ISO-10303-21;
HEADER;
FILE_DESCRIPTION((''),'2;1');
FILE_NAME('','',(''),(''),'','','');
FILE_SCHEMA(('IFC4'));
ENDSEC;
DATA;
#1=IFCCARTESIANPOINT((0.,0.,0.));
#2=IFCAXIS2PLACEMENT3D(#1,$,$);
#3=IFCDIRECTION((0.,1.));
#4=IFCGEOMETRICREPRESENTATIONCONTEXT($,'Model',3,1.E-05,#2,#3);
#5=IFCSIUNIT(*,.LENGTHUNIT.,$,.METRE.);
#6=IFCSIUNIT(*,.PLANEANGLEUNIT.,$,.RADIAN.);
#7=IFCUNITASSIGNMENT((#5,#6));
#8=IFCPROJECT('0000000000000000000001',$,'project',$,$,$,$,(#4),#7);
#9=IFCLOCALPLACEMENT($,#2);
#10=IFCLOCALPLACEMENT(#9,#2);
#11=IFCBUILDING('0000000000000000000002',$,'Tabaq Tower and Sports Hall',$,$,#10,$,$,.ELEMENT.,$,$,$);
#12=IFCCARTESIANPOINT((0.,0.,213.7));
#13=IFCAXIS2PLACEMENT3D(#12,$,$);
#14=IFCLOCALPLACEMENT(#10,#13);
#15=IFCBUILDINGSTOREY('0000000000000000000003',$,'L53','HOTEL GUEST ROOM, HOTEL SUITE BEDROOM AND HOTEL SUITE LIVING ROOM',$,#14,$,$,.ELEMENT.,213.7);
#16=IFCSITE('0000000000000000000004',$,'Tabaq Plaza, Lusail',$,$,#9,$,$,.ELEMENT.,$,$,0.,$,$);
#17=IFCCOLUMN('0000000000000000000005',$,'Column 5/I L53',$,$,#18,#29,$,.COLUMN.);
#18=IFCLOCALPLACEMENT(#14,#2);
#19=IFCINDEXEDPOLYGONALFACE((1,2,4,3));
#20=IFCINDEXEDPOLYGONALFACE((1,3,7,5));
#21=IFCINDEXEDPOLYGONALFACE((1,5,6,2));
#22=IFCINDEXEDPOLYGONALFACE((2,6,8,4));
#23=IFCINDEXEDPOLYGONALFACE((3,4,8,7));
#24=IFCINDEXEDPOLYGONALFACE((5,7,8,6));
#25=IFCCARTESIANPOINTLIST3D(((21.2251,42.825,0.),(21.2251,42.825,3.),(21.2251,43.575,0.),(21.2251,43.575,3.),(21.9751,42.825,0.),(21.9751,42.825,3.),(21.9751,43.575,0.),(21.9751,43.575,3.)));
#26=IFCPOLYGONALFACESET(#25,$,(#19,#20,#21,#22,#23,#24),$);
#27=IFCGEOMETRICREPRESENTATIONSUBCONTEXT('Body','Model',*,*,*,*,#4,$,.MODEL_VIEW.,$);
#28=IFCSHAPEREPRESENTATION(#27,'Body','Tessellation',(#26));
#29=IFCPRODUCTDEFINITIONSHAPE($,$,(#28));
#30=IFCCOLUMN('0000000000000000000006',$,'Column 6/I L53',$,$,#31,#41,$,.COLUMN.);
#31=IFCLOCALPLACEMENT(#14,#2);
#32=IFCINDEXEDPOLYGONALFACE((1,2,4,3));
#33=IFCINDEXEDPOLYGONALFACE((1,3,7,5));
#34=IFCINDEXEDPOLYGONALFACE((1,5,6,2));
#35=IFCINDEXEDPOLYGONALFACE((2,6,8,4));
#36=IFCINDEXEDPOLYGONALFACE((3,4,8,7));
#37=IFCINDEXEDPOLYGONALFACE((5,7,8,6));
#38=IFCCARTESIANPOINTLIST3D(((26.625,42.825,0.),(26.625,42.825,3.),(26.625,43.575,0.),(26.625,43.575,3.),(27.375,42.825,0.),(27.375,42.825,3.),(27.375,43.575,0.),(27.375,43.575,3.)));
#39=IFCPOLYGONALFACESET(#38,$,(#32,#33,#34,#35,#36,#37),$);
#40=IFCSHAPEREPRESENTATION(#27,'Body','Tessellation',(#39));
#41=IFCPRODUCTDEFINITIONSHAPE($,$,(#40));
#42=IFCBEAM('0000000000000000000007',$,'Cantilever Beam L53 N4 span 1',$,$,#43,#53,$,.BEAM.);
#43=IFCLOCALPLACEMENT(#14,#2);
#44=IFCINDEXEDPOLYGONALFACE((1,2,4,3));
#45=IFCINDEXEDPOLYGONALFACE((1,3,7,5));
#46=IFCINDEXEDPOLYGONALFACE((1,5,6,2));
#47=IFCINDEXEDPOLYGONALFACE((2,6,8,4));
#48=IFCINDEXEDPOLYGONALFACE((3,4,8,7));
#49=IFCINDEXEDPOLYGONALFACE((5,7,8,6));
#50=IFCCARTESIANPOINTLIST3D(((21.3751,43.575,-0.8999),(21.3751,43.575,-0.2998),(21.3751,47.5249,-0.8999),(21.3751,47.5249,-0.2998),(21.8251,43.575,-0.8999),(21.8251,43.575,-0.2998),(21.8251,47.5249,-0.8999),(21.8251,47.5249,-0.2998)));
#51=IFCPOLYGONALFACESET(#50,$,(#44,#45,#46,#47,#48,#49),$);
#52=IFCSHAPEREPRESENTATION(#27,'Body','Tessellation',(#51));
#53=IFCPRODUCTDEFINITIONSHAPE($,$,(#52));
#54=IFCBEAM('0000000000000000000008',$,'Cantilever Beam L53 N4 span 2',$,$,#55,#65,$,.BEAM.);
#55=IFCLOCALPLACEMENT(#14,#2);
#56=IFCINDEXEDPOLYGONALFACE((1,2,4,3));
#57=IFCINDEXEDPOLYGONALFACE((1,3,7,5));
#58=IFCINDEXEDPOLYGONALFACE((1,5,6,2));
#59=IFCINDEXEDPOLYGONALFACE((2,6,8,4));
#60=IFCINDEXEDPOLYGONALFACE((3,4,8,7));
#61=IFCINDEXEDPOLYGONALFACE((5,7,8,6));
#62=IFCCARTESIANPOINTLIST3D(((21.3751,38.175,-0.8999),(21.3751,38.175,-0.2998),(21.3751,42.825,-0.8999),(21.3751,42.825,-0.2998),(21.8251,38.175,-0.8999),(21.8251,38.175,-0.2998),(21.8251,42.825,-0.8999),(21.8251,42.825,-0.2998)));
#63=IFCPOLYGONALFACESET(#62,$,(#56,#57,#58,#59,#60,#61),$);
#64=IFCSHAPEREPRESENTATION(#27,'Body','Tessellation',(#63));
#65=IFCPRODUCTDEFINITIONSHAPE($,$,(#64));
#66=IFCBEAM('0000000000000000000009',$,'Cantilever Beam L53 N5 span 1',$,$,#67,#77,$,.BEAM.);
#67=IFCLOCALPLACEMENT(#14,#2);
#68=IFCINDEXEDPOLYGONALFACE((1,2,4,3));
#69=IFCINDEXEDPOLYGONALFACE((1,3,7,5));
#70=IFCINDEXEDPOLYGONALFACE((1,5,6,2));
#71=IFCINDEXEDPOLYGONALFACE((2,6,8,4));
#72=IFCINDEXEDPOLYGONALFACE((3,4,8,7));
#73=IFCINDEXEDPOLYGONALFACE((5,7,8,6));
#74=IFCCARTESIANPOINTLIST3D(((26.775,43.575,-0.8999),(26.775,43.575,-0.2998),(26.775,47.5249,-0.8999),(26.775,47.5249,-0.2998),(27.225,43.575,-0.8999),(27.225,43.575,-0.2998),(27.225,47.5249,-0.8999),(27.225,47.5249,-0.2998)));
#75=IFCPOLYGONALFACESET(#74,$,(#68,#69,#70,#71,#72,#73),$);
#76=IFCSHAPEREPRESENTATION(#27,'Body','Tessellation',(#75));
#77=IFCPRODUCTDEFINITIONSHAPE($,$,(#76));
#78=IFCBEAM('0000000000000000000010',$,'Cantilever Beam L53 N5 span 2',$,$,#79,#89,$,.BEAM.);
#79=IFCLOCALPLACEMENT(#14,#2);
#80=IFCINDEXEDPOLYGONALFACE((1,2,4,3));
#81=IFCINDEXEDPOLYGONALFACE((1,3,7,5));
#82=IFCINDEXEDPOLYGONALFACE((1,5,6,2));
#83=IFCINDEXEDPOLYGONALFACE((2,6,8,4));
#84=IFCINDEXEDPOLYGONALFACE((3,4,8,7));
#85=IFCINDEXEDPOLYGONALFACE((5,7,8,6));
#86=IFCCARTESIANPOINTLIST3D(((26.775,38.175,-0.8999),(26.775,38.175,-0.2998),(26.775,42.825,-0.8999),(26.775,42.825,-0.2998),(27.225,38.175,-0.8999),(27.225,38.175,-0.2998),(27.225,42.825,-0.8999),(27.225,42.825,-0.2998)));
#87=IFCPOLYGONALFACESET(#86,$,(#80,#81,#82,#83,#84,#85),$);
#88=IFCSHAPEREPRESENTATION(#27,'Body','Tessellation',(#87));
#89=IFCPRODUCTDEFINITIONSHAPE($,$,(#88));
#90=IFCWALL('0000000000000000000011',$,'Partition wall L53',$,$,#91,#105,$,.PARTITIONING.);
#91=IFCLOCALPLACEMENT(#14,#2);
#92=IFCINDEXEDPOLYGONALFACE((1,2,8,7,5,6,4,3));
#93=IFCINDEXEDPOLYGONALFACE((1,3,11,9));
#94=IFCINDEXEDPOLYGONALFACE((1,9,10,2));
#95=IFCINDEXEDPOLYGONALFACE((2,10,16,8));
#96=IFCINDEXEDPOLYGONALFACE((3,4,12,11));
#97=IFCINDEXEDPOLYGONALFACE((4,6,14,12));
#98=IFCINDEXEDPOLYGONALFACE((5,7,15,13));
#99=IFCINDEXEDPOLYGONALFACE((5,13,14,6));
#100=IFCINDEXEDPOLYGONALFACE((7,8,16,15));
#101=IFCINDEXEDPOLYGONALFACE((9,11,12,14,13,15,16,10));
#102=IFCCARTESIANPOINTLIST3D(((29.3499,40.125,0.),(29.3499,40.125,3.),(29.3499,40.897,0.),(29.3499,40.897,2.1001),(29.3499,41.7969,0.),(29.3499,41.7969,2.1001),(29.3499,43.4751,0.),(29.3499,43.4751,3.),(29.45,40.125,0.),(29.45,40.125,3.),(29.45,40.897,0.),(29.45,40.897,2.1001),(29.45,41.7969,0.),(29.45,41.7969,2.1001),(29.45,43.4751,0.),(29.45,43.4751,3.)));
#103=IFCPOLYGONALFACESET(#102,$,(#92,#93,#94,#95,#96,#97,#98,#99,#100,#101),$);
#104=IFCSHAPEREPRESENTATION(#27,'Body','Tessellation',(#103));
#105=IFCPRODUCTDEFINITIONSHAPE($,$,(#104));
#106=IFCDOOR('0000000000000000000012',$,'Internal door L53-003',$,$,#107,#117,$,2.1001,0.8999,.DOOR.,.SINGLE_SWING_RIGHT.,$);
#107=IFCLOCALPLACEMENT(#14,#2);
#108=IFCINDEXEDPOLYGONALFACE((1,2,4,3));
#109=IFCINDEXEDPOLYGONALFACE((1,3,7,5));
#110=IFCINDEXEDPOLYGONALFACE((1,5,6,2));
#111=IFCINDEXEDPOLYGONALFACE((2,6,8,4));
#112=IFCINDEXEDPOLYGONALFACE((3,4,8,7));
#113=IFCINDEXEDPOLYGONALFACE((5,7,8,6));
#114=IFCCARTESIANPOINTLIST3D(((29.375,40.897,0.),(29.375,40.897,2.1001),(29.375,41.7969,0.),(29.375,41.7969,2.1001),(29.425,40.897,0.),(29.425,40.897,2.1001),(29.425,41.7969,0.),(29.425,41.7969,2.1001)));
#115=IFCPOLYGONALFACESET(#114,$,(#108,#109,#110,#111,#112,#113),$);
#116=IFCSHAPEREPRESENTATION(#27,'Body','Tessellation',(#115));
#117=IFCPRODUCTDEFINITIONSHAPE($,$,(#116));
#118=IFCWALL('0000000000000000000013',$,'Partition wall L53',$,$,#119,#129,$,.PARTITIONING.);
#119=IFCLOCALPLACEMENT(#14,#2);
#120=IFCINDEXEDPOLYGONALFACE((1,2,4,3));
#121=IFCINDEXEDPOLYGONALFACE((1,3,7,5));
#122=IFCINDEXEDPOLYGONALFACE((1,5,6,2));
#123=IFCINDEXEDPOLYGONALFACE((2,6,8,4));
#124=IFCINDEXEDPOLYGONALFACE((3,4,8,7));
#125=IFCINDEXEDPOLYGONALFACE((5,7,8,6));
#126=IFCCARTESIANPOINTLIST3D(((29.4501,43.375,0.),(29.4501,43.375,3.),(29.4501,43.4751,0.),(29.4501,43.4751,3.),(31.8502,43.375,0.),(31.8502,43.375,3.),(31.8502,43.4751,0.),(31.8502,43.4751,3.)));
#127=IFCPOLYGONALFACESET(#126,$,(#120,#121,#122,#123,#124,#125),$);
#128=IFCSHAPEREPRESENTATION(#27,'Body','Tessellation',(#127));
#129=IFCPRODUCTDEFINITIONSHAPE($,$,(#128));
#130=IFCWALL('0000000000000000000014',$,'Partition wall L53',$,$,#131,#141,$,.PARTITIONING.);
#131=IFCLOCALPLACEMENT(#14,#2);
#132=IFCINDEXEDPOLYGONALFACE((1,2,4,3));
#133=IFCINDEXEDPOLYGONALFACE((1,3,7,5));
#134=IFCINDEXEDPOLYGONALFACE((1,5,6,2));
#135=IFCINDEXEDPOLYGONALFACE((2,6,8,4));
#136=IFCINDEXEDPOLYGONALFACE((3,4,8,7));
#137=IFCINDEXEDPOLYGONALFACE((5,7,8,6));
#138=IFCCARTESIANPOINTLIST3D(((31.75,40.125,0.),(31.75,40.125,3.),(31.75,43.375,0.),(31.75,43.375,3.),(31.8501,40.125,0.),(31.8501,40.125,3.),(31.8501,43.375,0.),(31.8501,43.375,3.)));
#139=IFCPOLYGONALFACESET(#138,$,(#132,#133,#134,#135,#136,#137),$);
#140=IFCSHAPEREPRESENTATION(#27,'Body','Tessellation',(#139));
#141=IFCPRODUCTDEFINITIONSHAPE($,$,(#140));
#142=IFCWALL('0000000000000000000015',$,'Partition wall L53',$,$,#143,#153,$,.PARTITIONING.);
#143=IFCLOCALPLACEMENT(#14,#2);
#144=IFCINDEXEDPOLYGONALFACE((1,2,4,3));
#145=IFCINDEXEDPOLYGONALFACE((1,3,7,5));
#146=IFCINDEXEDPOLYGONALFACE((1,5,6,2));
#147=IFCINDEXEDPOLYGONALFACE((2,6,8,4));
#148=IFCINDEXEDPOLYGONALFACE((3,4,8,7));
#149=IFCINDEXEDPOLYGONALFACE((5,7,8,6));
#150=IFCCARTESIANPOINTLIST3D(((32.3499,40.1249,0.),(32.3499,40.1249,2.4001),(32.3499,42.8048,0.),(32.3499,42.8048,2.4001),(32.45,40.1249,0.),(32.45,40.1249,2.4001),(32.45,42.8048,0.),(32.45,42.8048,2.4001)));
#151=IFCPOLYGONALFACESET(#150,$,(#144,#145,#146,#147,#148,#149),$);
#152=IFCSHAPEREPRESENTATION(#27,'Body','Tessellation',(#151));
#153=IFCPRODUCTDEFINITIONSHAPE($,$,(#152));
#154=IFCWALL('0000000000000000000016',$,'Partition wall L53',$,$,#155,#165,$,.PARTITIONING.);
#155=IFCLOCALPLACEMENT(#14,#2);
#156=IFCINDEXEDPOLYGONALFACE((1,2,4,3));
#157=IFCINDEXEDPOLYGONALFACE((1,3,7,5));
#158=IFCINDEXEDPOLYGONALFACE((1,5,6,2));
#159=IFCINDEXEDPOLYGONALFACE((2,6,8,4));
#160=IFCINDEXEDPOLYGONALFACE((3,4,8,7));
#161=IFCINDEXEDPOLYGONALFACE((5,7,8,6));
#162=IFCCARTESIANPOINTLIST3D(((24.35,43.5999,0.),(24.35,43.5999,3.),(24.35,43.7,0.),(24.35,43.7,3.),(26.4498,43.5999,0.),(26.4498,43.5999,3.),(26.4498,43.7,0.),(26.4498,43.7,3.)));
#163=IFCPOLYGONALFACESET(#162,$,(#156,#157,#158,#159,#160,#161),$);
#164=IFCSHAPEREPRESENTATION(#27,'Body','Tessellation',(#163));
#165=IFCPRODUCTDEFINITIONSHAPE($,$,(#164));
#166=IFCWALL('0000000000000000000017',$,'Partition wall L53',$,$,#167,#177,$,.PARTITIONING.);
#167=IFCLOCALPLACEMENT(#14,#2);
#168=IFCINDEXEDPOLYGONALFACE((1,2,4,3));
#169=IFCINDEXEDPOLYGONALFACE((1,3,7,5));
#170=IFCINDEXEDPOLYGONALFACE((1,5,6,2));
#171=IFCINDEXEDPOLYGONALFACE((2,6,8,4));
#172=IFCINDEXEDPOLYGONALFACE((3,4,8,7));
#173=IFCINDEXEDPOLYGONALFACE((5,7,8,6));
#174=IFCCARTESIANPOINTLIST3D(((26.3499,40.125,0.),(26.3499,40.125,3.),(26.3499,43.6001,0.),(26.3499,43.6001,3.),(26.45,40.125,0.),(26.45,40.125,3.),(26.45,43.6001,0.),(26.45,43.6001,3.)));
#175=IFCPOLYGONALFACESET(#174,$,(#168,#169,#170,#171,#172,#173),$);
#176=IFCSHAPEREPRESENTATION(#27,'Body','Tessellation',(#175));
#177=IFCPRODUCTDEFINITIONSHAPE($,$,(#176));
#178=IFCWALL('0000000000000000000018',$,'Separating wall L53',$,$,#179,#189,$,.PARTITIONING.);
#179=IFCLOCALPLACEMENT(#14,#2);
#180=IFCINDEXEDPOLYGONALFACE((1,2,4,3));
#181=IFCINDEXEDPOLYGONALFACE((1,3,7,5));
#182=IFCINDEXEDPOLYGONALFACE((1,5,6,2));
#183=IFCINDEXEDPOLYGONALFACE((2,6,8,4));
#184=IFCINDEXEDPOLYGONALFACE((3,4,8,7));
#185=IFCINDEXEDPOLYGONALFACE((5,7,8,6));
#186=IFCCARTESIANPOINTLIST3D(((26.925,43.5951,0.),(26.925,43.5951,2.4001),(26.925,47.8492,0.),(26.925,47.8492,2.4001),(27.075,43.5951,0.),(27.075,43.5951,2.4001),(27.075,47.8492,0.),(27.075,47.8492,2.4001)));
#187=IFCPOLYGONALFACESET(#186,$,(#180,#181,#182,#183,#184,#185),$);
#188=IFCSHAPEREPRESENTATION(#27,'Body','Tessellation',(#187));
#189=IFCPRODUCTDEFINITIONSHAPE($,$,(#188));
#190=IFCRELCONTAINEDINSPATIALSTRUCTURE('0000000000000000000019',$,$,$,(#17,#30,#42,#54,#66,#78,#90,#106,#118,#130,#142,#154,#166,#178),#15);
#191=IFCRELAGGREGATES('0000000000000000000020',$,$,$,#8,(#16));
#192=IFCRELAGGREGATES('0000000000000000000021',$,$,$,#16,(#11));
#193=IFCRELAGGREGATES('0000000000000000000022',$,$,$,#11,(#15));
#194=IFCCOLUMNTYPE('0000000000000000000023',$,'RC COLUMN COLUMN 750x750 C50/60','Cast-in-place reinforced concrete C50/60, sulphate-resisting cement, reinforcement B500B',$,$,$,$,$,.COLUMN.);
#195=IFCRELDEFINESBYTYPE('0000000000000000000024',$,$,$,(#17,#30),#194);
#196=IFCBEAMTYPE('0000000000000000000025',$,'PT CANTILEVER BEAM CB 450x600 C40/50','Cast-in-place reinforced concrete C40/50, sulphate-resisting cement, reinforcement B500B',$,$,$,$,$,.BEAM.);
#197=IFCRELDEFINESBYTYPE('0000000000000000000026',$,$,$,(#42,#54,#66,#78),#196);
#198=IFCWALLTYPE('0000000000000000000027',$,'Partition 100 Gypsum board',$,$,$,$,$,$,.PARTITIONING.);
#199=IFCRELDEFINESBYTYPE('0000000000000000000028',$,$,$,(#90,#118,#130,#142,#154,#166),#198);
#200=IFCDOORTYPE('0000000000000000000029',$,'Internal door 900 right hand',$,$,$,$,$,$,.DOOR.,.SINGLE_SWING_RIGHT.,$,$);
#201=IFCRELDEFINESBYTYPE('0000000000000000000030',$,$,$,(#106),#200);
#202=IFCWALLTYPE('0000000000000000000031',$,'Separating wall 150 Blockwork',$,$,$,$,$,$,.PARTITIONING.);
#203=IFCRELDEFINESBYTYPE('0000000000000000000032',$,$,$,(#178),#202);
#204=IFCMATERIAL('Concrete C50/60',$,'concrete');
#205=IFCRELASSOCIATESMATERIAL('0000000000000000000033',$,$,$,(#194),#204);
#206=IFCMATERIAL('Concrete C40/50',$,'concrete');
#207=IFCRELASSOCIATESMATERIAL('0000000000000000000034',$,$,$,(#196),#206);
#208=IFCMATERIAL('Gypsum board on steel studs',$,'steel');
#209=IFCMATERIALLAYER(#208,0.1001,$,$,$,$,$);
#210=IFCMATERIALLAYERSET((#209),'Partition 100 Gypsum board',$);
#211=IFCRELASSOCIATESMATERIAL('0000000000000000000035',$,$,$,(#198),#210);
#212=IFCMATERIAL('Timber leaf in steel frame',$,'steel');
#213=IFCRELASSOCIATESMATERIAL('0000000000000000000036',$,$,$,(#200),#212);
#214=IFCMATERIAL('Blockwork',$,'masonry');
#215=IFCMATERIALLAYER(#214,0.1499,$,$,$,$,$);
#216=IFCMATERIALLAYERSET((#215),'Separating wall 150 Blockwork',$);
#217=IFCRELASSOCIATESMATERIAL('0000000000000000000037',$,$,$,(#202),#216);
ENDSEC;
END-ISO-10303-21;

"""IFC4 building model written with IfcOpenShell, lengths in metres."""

from ifc_helpers import new_model, si_unit, direction, frame, frame_2d, origin, origin_2d, place, context, subcontext, project, spatial, rectangle, extrude, material, layer, layer_set, material_profile, profile_set, type_object, element, fill, save


model = new_model("IFC4")

# Units and contexts
model_context = context("Model", 3, precision=1e-05, world=origin(), true_north=direction((0.0, 1.0)))
body_context = subcontext(model_context, "Body", "Model", "MODEL_VIEW")
ifc_project = project(units=[si_unit("LENGTHUNIT", "METRE"), si_unit("PLANEANGLEUNIT", "RADIAN")], contexts=[model_context])

# Site, building, storey
site_placement = place(None, origin())
site = spatial("IfcSite", under=ifc_project, at=site_placement, Name="Tabaq Plaza, Lusail", CompositionType="ELEMENT", RefElevation=0.0)
building_placement = place(site_placement, origin())
building = spatial("IfcBuilding", under=site, at=building_placement, Name="Tabaq Tower and Sports Hall", CompositionType="ELEMENT")
storey_placement = place(building_placement, frame((0.0, 0.0, 213.7)))
storey = spatial("IfcBuildingStorey", under=building, at=storey_placement, Name="L53", Description="HOTEL GUEST ROOM, HOTEL SUITE BEDROOM AND HOTEL SUITE LIVING ROOM", CompositionType="ELEMENT", Elevation=213.7)

# Columns
ifc_material_1 = material(Name="Concrete C50/60", Category="concrete")
ifc_material_profile_1 = material_profile(ifc_material_1, rectangle(XDim=0.75, YDim=0.75, at=origin_2d()), Name="COLUMN 750x750")
ifc_profile_set_1 = profile_set([ifc_material_profile_1], Name="Concrete C50/60")
column_type = type_object("IfcColumnType", Name="RC COLUMN COLUMN 750x750 C50/60", Description="Cast-in-place reinforced concrete C50/60, sulphate-resisting cement, reinforcement B500B", PredefinedType="COLUMN", material=ifc_profile_set_1)
for number, where, z_axis, x_axis, name in (
    (1, (21.6001, 43.2, 0.0), (0.0, 0.0, 1.0), (1.0, 0.0, 0.0), "Column 5/I L53"),
    (2, (27.0, 43.2, 0.0), (0.0, 0.0, 1.0), (1.0, 0.0, 0.0), "Column 6/I L53"),
):
    element("IfcColumn", number, at=place(storey_placement, frame(where, z_axis=z_axis, x_axis=x_axis)), inside=storey, type_object=column_type, Name=name, PredefinedType="COLUMN", context=body_context, shape_type="SweptSolid", body=[
        extrude(rectangle(XDim=0.75, YDim=0.75, at=origin_2d()), origin(), (0.0, 0.0, 1.0), 3.0),
    ])

# Beams
ifc_material_2 = material(Name="Concrete C40/50", Category="concrete")
ifc_material_profile_2 = material_profile(ifc_material_2, rectangle(XDim=0.45, YDim=0.6001, at=origin_2d()), Name="CB 450x600")
ifc_profile_set_2 = profile_set([ifc_material_profile_2], Name="Concrete C40/50")
beam_type = type_object("IfcBeamType", Name="PT CANTILEVER BEAM CB 450x600 C40/50", Description="Cast-in-place reinforced concrete C40/50, sulphate-resisting cement, reinforcement B500B", PredefinedType="BEAM", material=ifc_profile_set_2)
beam_1_placement = place(storey_placement, frame((21.6001, 47.5249, -0.5999), z_axis=(0.0, -1.0, 0.0), x_axis=(1.0, 0.0, 0.0)))
element("IfcBeam", 3, at=beam_1_placement, inside=storey, type_object=beam_type, Name="Cantilever Beam L53 N4 span 1", PredefinedType="BEAM", context=body_context, shape_type="SweptSolid", body=[
    extrude(rectangle(XDim=0.45, YDim=0.6001, at=origin_2d()), origin(), (0.0, 0.0, 1.0), 3.95),
])
beam_2_placement = place(storey_placement, frame((21.6001, 42.825, -0.5999), z_axis=(0.0, -1.0, 0.0), x_axis=(1.0, 0.0, 0.0)))
element("IfcBeam", 4, at=beam_2_placement, inside=storey, type_object=beam_type, Name="Cantilever Beam L53 N4 span 2", PredefinedType="BEAM", context=body_context, shape_type="SweptSolid", body=[
    extrude(rectangle(XDim=0.45, YDim=0.6001, at=origin_2d()), origin(), (0.0, 0.0, 1.0), 4.6499),
])
beam_3_placement = place(storey_placement, frame((27.0, 47.5249, -0.5999), z_axis=(0.0, -1.0, 0.0), x_axis=(1.0, 0.0, 0.0)))
element("IfcBeam", 5, at=beam_3_placement, inside=storey, type_object=beam_type, Name="Cantilever Beam L53 N5 span 1", PredefinedType="BEAM", context=body_context, shape_type="SweptSolid", body=[
    extrude(rectangle(XDim=0.45, YDim=0.6001, at=origin_2d()), origin(), (0.0, 0.0, 1.0), 3.95),
])
beam_4_placement = place(storey_placement, frame((27.0, 42.825, -0.5999), z_axis=(0.0, -1.0, 0.0), x_axis=(1.0, 0.0, 0.0)))
element("IfcBeam", 6, at=beam_4_placement, inside=storey, type_object=beam_type, Name="Cantilever Beam L53 N5 span 2", PredefinedType="BEAM", context=body_context, shape_type="SweptSolid", body=[
    extrude(rectangle(XDim=0.45, YDim=0.6001, at=origin_2d()), origin(), (0.0, 0.0, 1.0), 4.6499),
])

# Wall, opening, door
ifc_material_3 = material(Name="Gypsum board on steel studs", Category="steel")
ifc_layer_1 = layer(ifc_material_3, 0.1001)
ifc_layer_set_1 = layer_set([ifc_layer_1], Name="Partition 100 Gypsum board")
wall_type_1 = type_object("IfcWallType", Name="Partition 100 Gypsum board", PredefinedType="PARTITIONING", material=ifc_layer_set_1)
wall_1_placement = place(storey_placement, frame((29.3999, 40.125, 0.0), z_axis=(0.0, 0.0, 1.0), x_axis=(0.0, 1.0, 0.0)))
wall_1 = element("IfcWall", 7, at=wall_1_placement, inside=storey, type_object=wall_type_1, Name="Partition wall L53", PredefinedType="PARTITIONING", context=body_context, shape_type="SweptSolid", body=[
    extrude(rectangle(XDim=3.3501, YDim=0.1001, at=frame_2d((1.675, 0.0))), origin(), (0.0, 0.0, 1.0), 3.0),
])
opening_placement = place(wall_1_placement, frame((0.772, 0.0, 0.0)))
opening = element("IfcOpeningElement", 8, at=opening_placement, cuts=wall_1, PredefinedType="OPENING", context=body_context, shape_type="SweptSolid", body=[
    extrude(rectangle(XDim=0.8999, YDim=2.1001, at=frame_2d((0.45, 1.05))), frame((0.0, 0.05, 0.0), z_axis=(0.0, -1.0, 0.0), x_axis=(1.0, 0.0, 0.0)), (0.0, 0.0, 1.0), 0.1001),
])
ifc_material_4 = material(Name="Timber leaf in steel frame", Category="steel")
door_type = type_object("IfcDoorType", Name="Internal door 900 right hand", OperationType="SINGLE_SWING_RIGHT", PredefinedType="DOOR", material=ifc_material_4)
door_placement = place(opening_placement, origin())
door = element("IfcDoor", 9, at=door_placement, inside=storey, type_object=door_type, Name="Internal door L53-003", OperationType="SINGLE_SWING_RIGHT", OverallHeight=2.1001, OverallWidth=0.8999, PredefinedType="DOOR", context=body_context, shape_type="SweptSolid", body=[
    extrude(rectangle(XDim=0.8999, YDim=2.1001, at=frame_2d((0.45, 1.05))), frame((0.0, 0.0249, 0.0), z_axis=(0.0, -1.0, 0.0), x_axis=(1.0, 0.0, 0.0)), (0.0, 0.0, 1.0), 0.05),
])
fill(opening, door)

# Walls
wall_2_placement = place(storey_placement, frame((29.45, 43.425, 0.0), z_axis=(0.0, 0.0, 1.0), x_axis=(1.0, 0.0, 0.0)))
element("IfcWall", 10, at=wall_2_placement, inside=storey, type_object=wall_type_1, Name="Partition wall L53", PredefinedType="PARTITIONING", context=body_context, shape_type="SweptSolid", body=[
    extrude(rectangle(XDim=2.4001, YDim=0.1001, at=frame_2d((1.2002, 0.0))), origin(), (0.0, 0.0, 1.0), 3.0),
])
wall_3_placement = place(storey_placement, frame((31.8, 43.375, 0.0), z_axis=(0.0, 0.0, 1.0), x_axis=(0.0, -1.0, 0.0)))
element("IfcWall", 11, at=wall_3_placement, inside=storey, type_object=wall_type_1, Name="Partition wall L53", PredefinedType="PARTITIONING", context=body_context, shape_type="SweptSolid", body=[
    extrude(rectangle(XDim=3.25, YDim=0.1001, at=frame_2d((1.625, 0.0))), origin(), (0.0, 0.0, 1.0), 3.0),
])
wall_4_placement = place(storey_placement, frame((32.3999, 40.125, 0.0), z_axis=(0.0, 0.0, 1.0), x_axis=(0.0, 1.0, 0.0)))
element("IfcWall", 12, at=wall_4_placement, inside=storey, type_object=wall_type_1, Name="Partition wall L53", PredefinedType="PARTITIONING", context=body_context, shape_type="SweptSolid", body=[
    extrude(rectangle(XDim=2.6799, YDim=0.1001, at=frame_2d((1.3398, 0.0))), origin(), (0.0, 0.0, 1.0), 2.4001),
])
wall_5_placement = place(storey_placement, frame((24.3501, 43.6499, 0.0), z_axis=(0.0, 0.0, 1.0), x_axis=(1.0, 0.0, 0.0)))
element("IfcWall", 13, at=wall_5_placement, inside=storey, type_object=wall_type_1, Name="Partition wall L53", PredefinedType="PARTITIONING", context=body_context, shape_type="SweptSolid", body=[
    extrude(rectangle(XDim=2.0999, YDim=0.1001, at=frame_2d((1.0498, 0.0))), origin(), (0.0, 0.0, 1.0), 3.0),
])
wall_6_placement = place(storey_placement, frame((26.3999, 43.6001, 0.0), z_axis=(0.0, 0.0, 1.0), x_axis=(0.0, -1.0, 0.0)))
element("IfcWall", 14, at=wall_6_placement, inside=storey, type_object=wall_type_1, Name="Partition wall L53", PredefinedType="PARTITIONING", context=body_context, shape_type="SweptSolid", body=[
    extrude(rectangle(XDim=3.4751, YDim=0.1001, at=frame_2d((1.7375, 0.0))), origin(), (0.0, 0.0, 1.0), 3.0),
])
ifc_material_5 = material(Name="Blockwork", Category="masonry")
ifc_layer_2 = layer(ifc_material_5, 0.1499)
ifc_layer_set_2 = layer_set([ifc_layer_2], Name="Separating wall 150 Blockwork")
wall_type_2 = type_object("IfcWallType", Name="Separating wall 150 Blockwork", PredefinedType="PARTITIONING", material=ifc_layer_set_2)
wall_7_placement = place(storey_placement, frame((27.0, 47.8491, 0.0), z_axis=(0.0, 0.0, 1.0), x_axis=(0.0, -1.0, 0.0)))
element("IfcWall", 15, at=wall_7_placement, inside=storey, type_object=wall_type_2, Name="Separating wall L53", PredefinedType="PARTITIONING", context=body_context, shape_type="SweptSolid", body=[
    extrude(rectangle(XDim=4.2542, YDim=0.1499, at=frame_2d((2.127, 0.0))), origin(), (0.0, 0.0, 1.0), 2.4001),
])

save(model, "model.ifc")
